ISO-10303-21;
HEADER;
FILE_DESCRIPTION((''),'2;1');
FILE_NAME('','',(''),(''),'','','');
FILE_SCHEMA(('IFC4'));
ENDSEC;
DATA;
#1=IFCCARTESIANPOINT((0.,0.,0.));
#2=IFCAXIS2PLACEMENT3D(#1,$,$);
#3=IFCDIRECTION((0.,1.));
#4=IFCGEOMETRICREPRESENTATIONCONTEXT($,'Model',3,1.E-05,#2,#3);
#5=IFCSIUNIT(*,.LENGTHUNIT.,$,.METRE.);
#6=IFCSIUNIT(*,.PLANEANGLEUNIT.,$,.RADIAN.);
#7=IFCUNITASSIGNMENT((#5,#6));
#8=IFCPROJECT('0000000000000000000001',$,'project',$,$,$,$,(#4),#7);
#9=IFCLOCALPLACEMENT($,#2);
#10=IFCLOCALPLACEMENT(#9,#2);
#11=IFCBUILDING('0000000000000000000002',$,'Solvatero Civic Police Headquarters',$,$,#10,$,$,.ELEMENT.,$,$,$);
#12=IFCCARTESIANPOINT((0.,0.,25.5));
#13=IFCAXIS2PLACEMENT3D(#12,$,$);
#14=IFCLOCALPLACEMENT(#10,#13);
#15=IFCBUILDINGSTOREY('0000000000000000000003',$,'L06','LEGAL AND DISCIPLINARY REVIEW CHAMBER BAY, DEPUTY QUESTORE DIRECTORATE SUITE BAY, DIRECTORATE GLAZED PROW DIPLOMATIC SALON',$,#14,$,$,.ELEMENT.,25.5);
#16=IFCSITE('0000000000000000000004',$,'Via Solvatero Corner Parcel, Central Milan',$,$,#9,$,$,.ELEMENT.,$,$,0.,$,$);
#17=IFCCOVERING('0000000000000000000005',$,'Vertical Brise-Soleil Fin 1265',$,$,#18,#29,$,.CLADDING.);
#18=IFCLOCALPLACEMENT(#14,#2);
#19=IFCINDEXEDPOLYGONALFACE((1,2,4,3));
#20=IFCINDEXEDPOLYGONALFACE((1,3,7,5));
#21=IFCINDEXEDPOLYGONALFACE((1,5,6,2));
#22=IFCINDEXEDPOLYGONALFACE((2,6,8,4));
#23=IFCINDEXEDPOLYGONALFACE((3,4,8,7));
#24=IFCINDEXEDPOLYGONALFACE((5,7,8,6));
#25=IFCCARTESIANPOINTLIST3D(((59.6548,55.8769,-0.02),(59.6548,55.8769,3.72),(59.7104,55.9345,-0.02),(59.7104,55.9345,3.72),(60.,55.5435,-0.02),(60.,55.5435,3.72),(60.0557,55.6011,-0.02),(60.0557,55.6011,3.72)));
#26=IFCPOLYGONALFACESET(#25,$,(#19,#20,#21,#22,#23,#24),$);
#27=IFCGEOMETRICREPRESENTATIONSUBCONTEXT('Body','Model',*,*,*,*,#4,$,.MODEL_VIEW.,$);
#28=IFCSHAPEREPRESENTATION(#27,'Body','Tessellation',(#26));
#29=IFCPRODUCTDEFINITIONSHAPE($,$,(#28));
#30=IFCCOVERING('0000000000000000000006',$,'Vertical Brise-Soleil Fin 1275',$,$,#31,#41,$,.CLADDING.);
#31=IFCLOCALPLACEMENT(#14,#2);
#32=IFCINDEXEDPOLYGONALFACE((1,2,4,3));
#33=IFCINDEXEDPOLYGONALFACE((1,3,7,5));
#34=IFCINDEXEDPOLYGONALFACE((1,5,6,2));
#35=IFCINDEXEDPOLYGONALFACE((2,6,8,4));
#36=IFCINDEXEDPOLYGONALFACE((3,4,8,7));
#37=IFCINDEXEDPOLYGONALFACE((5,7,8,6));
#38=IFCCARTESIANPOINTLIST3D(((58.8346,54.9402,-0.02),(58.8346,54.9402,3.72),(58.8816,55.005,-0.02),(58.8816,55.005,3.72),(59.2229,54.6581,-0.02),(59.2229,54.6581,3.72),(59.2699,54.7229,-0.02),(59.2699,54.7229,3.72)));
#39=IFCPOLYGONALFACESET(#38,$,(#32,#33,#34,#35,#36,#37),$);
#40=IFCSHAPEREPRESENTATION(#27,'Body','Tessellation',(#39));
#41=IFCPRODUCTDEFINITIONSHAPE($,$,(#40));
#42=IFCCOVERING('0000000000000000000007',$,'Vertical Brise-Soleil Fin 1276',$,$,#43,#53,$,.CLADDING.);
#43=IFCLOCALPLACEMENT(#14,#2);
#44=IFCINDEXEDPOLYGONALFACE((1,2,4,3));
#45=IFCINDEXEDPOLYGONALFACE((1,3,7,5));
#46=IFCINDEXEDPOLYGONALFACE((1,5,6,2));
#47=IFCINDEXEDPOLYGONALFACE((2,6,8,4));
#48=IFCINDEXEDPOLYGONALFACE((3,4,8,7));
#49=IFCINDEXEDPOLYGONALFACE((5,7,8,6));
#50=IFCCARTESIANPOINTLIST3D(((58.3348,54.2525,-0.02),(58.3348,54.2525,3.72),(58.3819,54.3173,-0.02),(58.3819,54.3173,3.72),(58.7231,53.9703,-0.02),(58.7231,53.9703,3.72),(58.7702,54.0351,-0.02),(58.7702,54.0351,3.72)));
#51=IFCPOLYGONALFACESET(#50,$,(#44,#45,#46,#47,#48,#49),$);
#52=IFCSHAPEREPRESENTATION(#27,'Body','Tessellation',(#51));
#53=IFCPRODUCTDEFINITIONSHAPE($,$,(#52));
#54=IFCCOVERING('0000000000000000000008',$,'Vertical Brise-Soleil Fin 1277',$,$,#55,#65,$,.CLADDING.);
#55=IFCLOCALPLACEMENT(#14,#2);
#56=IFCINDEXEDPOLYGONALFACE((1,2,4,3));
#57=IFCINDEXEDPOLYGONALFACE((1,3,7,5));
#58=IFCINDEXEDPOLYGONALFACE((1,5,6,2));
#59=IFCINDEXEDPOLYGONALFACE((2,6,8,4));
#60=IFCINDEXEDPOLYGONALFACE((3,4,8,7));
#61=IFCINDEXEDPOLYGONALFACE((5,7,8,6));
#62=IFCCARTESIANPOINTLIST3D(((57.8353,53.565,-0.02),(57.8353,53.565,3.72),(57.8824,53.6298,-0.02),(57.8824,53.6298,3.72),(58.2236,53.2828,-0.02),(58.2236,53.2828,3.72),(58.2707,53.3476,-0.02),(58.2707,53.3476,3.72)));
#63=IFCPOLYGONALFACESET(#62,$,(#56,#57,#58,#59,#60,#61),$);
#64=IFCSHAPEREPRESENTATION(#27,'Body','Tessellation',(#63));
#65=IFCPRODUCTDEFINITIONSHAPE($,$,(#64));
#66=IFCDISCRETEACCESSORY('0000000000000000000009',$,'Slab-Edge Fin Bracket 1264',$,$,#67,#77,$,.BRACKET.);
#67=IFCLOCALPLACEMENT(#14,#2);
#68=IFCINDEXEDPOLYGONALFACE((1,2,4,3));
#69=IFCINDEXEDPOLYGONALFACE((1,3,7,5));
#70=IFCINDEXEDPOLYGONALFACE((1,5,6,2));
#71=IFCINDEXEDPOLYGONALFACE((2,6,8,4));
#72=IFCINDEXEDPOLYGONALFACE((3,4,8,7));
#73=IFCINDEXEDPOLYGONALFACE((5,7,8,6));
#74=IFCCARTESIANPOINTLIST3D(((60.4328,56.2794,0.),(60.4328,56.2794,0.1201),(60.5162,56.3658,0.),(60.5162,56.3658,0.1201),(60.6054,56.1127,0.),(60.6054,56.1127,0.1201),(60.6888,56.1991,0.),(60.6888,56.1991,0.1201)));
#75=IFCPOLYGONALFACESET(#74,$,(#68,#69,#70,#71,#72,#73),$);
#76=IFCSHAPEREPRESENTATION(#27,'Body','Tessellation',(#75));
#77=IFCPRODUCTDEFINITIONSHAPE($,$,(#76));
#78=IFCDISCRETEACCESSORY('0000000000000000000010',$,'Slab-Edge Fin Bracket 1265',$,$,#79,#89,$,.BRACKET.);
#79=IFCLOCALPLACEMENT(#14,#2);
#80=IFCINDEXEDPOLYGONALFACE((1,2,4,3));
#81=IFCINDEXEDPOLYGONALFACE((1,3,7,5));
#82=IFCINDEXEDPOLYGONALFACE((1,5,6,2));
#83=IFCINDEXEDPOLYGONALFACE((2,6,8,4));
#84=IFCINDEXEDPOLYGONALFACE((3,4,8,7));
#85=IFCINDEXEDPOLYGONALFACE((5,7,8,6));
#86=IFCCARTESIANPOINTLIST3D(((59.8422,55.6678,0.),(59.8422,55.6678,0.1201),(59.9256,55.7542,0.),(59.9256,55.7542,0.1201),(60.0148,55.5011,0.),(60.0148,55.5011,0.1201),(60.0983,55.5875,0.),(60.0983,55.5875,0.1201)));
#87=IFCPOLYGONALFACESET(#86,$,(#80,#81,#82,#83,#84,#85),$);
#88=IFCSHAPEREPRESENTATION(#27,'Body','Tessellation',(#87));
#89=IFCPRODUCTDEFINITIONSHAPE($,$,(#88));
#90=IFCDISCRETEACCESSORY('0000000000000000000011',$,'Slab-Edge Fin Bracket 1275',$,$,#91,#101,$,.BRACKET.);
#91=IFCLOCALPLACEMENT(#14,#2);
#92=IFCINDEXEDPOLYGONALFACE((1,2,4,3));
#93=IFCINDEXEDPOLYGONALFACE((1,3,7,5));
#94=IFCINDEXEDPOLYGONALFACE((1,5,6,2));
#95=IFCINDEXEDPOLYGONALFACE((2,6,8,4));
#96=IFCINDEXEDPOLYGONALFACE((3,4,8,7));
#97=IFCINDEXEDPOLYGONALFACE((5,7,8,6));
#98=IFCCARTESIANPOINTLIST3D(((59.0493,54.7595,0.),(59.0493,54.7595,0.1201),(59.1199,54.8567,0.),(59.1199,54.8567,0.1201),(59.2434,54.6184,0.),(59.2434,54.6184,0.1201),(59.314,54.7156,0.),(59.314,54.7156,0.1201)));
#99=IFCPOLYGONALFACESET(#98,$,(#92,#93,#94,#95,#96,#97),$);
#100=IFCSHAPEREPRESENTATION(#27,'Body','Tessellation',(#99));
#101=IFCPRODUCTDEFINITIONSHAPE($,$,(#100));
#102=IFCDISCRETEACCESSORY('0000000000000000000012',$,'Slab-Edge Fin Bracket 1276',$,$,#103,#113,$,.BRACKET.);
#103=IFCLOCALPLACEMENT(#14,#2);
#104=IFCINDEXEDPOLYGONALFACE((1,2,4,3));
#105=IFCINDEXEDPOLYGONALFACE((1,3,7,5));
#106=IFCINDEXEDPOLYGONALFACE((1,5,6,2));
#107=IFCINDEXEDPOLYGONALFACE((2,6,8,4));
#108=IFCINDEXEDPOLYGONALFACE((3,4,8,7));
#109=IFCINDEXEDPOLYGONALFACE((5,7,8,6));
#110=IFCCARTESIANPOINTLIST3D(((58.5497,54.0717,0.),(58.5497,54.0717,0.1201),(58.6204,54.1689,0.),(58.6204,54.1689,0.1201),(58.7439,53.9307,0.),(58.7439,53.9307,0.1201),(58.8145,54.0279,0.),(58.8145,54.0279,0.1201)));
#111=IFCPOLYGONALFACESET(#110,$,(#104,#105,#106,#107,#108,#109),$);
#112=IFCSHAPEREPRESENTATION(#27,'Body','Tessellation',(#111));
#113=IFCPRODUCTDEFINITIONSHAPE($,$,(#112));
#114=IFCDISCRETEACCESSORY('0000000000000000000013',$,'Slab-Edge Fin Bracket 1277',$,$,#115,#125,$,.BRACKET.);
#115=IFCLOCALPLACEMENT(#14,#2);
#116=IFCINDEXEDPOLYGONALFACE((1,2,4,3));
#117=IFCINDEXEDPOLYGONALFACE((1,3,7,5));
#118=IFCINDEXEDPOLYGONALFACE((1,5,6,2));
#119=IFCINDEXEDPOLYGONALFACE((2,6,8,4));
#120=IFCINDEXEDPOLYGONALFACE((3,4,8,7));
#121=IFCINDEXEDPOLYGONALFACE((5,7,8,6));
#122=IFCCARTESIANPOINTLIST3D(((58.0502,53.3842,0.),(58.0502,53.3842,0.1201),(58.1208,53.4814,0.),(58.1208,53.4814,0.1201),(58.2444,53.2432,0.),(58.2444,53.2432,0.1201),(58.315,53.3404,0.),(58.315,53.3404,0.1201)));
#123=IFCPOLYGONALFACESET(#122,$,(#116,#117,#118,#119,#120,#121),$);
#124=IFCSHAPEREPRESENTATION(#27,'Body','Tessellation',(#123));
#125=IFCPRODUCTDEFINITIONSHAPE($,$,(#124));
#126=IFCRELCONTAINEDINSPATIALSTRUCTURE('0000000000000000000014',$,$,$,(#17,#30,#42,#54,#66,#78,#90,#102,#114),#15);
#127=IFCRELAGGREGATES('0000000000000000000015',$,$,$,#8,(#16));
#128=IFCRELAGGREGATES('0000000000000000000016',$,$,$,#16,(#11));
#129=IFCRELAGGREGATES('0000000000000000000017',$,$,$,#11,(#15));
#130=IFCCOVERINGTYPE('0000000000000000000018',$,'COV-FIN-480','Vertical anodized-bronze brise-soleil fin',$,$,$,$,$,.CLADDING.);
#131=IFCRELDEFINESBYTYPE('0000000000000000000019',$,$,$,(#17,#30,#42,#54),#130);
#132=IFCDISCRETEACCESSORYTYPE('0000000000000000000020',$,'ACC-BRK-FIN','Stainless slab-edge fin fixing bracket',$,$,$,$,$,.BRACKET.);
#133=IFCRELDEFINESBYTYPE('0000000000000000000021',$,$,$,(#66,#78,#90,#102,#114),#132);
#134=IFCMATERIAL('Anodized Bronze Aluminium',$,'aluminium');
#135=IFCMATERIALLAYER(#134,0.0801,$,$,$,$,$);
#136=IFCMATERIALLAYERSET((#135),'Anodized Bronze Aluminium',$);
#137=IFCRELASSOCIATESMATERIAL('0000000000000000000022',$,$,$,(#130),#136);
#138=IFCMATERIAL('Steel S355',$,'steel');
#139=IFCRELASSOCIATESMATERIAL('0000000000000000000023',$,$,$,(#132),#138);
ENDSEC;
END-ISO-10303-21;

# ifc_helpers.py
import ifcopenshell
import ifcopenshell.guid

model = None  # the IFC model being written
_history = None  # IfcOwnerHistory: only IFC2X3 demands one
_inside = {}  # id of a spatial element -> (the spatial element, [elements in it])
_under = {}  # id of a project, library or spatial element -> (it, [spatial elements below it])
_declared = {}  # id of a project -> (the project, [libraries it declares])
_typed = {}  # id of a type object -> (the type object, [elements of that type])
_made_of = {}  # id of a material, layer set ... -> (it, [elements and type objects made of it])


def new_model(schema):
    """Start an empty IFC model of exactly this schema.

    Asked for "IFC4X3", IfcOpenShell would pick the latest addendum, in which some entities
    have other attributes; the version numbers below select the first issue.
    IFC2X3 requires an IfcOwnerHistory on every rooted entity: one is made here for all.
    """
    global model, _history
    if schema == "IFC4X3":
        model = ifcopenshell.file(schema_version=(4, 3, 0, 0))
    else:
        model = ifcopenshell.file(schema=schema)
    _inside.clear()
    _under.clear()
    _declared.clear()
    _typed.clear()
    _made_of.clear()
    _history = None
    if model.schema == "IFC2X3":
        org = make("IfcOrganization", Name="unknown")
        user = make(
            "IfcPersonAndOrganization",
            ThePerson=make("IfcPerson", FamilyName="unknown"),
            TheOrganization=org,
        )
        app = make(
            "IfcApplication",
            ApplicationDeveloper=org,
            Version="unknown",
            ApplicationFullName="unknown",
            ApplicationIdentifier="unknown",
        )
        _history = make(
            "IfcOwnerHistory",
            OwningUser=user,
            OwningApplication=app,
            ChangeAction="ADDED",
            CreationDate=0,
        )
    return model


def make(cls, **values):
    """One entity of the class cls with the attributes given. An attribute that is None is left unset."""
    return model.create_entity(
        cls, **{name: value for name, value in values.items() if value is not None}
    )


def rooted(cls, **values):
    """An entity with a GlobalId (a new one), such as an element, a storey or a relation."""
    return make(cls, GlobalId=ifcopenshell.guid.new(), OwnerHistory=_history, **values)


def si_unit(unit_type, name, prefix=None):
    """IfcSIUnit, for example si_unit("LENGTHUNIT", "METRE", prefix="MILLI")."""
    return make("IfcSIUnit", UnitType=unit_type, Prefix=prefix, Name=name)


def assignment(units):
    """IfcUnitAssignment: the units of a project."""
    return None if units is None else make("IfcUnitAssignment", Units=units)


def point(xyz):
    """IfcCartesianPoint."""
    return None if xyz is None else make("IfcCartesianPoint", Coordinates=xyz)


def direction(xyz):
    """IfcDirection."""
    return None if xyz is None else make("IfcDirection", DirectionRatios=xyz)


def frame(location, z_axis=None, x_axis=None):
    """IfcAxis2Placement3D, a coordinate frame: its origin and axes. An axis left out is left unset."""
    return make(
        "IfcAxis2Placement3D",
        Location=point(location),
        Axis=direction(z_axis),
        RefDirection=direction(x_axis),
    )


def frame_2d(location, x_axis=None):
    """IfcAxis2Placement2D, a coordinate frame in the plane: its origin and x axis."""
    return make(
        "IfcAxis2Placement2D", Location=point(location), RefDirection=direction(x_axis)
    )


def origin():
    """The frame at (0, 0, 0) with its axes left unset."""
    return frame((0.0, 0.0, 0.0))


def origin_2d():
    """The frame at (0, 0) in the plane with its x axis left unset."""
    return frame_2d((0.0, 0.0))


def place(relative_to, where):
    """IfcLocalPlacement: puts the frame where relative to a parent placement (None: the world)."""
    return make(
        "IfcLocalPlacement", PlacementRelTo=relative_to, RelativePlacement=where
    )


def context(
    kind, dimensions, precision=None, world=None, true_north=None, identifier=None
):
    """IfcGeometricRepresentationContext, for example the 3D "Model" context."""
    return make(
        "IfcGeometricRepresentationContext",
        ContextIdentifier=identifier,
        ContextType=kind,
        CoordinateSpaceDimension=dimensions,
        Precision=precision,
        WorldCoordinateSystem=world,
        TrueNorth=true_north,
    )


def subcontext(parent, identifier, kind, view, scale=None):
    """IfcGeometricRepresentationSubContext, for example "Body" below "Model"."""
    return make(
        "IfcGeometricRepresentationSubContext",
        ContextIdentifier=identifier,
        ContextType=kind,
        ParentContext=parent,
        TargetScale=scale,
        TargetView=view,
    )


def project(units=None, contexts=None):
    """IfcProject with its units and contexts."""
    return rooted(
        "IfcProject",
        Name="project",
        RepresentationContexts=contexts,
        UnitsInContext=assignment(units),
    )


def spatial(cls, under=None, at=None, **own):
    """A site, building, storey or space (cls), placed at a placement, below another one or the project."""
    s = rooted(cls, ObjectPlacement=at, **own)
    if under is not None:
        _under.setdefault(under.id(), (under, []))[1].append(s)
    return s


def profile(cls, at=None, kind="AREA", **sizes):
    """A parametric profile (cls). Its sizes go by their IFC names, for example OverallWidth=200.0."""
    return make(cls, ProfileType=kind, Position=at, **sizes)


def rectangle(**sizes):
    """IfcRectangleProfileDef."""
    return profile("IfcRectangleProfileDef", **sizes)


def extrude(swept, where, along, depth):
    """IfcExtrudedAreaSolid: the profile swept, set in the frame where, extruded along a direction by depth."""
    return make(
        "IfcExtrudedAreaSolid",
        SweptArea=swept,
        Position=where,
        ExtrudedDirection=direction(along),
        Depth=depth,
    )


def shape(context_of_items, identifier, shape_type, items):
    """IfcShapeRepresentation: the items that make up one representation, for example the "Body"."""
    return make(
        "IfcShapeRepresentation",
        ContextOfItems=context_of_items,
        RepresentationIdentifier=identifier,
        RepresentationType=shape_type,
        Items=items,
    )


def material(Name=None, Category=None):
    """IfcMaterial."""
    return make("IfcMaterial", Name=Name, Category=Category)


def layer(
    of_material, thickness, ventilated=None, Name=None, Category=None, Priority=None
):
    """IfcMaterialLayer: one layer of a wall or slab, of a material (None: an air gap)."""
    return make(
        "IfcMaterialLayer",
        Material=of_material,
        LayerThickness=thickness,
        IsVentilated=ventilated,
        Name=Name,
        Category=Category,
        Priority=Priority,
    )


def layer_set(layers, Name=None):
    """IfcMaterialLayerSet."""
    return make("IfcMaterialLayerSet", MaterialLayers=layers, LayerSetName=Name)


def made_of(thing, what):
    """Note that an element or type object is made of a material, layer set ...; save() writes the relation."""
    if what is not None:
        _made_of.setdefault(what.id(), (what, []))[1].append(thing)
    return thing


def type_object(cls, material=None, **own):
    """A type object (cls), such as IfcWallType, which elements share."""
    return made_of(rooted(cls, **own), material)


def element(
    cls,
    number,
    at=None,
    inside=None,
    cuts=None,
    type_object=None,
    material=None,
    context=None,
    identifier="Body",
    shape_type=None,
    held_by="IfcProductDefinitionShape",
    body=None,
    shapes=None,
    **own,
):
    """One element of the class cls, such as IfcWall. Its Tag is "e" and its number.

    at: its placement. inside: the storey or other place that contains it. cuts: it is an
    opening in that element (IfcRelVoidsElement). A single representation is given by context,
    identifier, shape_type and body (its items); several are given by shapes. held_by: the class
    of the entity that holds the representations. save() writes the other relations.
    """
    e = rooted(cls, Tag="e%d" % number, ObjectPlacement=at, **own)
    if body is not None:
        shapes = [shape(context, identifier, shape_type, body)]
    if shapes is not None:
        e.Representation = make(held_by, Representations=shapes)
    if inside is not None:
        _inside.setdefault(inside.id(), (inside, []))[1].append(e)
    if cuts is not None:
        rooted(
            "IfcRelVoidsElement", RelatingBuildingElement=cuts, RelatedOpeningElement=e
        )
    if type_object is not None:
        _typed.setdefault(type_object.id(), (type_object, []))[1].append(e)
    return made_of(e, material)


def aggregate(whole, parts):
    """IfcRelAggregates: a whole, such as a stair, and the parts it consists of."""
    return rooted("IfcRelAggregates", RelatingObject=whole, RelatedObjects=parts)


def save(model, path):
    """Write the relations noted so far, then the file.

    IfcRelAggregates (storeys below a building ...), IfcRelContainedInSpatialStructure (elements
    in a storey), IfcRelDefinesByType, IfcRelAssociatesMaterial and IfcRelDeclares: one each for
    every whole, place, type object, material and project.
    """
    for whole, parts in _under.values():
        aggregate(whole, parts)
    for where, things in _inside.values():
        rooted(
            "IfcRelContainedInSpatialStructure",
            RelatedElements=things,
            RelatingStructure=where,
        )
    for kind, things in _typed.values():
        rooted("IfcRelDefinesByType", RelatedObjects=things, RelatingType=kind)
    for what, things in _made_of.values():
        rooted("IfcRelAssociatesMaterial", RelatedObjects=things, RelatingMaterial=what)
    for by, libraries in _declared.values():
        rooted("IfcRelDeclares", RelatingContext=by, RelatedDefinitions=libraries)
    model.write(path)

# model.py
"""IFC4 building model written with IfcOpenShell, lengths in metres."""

from ifc_helpers import new_model, si_unit, direction, frame, origin, origin_2d, place, context, subcontext, project, spatial, rectangle, extrude, material, layer, layer_set, type_object, element, save


model = new_model("IFC4")

# Units and contexts
model_context = context("Model", 3, precision=1e-05, world=origin(), true_north=direction((0.0, 1.0)))
body_context = subcontext(model_context, "Body", "Model", "MODEL_VIEW")
ifc_project = project(units=[si_unit("LENGTHUNIT", "METRE"), si_unit("PLANEANGLEUNIT", "RADIAN")], contexts=[model_context])

# Site, building, storey
site_placement = place(None, origin())
site = spatial("IfcSite", under=ifc_project, at=site_placement, Name="Via Solvatero Corner Parcel, Central Milan", CompositionType="ELEMENT", RefElevation=0.0)
building_placement = place(site_placement, origin())
building = spatial("IfcBuilding", under=site, at=building_placement, Name="Solvatero Civic Police Headquarters", CompositionType="ELEMENT")
storey_placement = place(building_placement, frame((0.0, 0.0, 25.5)))
storey = spatial("IfcBuildingStorey", under=building, at=storey_placement, Name="L06", Description="LEGAL AND DISCIPLINARY REVIEW CHAMBER BAY, DEPUTY QUESTORE DIRECTORATE SUITE BAY, DIRECTORATE GLAZED PROW DIPLOMATIC SALON", CompositionType="ELEMENT", Elevation=25.5)

# Shared definitions
ifc_material_1 = material(Name="Steel S355", Category="steel")

# Shared definitions
ifc_material_2 = material(Name="Anodized Bronze Aluminium", Category="aluminium")

# Coverings
ifc_layer_1 = layer(ifc_material_2, 0.0801)
ifc_layer_set_1 = layer_set([ifc_layer_1], Name="Anodized Bronze Aluminium")
covering_type = type_object("IfcCoveringType", Name="COV-FIN-480", Description="Vertical anodized-bronze brise-soleil fin", PredefinedType="CLADDING", material=ifc_layer_set_1)
for number, where, z_axis, x_axis, name in (
    (1, (59.8552, 55.739, -0.02), (0.0, 0.0, 1.0), (-0.694646, -0.719352, 0.0), "Vertical Brise-Soleil Fin 1265"),
    (2, (59.0522, 54.8315, -0.02), (0.0, 0.0, 1.0), (-0.587785, -0.809017, 0.0), "Vertical Brise-Soleil Fin 1275"),
    (3, (58.5525, 54.1438, -0.02), (0.0, 0.0, 1.0), (-0.587785, -0.809017, 0.0), "Vertical Brise-Soleil Fin 1276"),
    (4, (58.053, 53.4563, -0.02), (0.0, 0.0, 1.0), (-0.587785, -0.809017, 0.0), "Vertical Brise-Soleil Fin 1277"),
):
    element("IfcCovering", number, at=place(storey_placement, frame(where, z_axis=z_axis, x_axis=x_axis)), inside=storey, type_object=covering_type, Name=name, PredefinedType="CLADDING", context=body_context, shape_type="SweptSolid", body=[
        extrude(rectangle(XDim=0.0801, YDim=0.48, at=origin_2d()), origin(), (0.0, 0.0, 1.0), 3.74),
    ])

# Discrete accessories
discrete_accessory_type = type_object("IfcDiscreteAccessoryType", Name="ACC-BRK-FIN", Description="Stainless slab-edge fin fixing bracket", PredefinedType="BRACKET", material=ifc_material_1)
for number, where, z_axis, x_axis, name in (
    (5, (60.5608, 56.2393, 0.0), (0.0, 0.0, 1.0), (-0.694646, -0.719352, 0.0), "Slab-Edge Fin Bracket 1264"),
    (6, (59.9702, 55.6277, 0.0), (0.0, 0.0, 1.0), (-0.694646, -0.719352, 0.0), "Slab-Edge Fin Bracket 1265"),
    (7, (59.1816, 54.7375, 0.0), (0.0, 0.0, 1.0), (-0.587785, -0.809017, 0.0), "Slab-Edge Fin Bracket 1275"),
    (8, (58.6821, 54.0498, 0.0), (0.0, 0.0, 1.0), (-0.587785, -0.809017, 0.0), "Slab-Edge Fin Bracket 1276"),
    (9, (58.1826, 53.3623, 0.0), (0.0, 0.0, 1.0), (-0.587785, -0.809017, 0.0), "Slab-Edge Fin Bracket 1277"),
):
    element("IfcDiscreteAccessory", number, at=place(storey_placement, frame(where, z_axis=z_axis, x_axis=x_axis)), inside=storey, type_object=discrete_accessory_type, Name=name, PredefinedType="BRACKET", context=body_context, shape_type="SweptSolid", body=[
        extrude(rectangle(XDim=0.1201, YDim=0.24, at=origin_2d()), origin(), (0.0, 0.0, 1.0), 0.1201),
    ])

save(model, "model.ifc")
